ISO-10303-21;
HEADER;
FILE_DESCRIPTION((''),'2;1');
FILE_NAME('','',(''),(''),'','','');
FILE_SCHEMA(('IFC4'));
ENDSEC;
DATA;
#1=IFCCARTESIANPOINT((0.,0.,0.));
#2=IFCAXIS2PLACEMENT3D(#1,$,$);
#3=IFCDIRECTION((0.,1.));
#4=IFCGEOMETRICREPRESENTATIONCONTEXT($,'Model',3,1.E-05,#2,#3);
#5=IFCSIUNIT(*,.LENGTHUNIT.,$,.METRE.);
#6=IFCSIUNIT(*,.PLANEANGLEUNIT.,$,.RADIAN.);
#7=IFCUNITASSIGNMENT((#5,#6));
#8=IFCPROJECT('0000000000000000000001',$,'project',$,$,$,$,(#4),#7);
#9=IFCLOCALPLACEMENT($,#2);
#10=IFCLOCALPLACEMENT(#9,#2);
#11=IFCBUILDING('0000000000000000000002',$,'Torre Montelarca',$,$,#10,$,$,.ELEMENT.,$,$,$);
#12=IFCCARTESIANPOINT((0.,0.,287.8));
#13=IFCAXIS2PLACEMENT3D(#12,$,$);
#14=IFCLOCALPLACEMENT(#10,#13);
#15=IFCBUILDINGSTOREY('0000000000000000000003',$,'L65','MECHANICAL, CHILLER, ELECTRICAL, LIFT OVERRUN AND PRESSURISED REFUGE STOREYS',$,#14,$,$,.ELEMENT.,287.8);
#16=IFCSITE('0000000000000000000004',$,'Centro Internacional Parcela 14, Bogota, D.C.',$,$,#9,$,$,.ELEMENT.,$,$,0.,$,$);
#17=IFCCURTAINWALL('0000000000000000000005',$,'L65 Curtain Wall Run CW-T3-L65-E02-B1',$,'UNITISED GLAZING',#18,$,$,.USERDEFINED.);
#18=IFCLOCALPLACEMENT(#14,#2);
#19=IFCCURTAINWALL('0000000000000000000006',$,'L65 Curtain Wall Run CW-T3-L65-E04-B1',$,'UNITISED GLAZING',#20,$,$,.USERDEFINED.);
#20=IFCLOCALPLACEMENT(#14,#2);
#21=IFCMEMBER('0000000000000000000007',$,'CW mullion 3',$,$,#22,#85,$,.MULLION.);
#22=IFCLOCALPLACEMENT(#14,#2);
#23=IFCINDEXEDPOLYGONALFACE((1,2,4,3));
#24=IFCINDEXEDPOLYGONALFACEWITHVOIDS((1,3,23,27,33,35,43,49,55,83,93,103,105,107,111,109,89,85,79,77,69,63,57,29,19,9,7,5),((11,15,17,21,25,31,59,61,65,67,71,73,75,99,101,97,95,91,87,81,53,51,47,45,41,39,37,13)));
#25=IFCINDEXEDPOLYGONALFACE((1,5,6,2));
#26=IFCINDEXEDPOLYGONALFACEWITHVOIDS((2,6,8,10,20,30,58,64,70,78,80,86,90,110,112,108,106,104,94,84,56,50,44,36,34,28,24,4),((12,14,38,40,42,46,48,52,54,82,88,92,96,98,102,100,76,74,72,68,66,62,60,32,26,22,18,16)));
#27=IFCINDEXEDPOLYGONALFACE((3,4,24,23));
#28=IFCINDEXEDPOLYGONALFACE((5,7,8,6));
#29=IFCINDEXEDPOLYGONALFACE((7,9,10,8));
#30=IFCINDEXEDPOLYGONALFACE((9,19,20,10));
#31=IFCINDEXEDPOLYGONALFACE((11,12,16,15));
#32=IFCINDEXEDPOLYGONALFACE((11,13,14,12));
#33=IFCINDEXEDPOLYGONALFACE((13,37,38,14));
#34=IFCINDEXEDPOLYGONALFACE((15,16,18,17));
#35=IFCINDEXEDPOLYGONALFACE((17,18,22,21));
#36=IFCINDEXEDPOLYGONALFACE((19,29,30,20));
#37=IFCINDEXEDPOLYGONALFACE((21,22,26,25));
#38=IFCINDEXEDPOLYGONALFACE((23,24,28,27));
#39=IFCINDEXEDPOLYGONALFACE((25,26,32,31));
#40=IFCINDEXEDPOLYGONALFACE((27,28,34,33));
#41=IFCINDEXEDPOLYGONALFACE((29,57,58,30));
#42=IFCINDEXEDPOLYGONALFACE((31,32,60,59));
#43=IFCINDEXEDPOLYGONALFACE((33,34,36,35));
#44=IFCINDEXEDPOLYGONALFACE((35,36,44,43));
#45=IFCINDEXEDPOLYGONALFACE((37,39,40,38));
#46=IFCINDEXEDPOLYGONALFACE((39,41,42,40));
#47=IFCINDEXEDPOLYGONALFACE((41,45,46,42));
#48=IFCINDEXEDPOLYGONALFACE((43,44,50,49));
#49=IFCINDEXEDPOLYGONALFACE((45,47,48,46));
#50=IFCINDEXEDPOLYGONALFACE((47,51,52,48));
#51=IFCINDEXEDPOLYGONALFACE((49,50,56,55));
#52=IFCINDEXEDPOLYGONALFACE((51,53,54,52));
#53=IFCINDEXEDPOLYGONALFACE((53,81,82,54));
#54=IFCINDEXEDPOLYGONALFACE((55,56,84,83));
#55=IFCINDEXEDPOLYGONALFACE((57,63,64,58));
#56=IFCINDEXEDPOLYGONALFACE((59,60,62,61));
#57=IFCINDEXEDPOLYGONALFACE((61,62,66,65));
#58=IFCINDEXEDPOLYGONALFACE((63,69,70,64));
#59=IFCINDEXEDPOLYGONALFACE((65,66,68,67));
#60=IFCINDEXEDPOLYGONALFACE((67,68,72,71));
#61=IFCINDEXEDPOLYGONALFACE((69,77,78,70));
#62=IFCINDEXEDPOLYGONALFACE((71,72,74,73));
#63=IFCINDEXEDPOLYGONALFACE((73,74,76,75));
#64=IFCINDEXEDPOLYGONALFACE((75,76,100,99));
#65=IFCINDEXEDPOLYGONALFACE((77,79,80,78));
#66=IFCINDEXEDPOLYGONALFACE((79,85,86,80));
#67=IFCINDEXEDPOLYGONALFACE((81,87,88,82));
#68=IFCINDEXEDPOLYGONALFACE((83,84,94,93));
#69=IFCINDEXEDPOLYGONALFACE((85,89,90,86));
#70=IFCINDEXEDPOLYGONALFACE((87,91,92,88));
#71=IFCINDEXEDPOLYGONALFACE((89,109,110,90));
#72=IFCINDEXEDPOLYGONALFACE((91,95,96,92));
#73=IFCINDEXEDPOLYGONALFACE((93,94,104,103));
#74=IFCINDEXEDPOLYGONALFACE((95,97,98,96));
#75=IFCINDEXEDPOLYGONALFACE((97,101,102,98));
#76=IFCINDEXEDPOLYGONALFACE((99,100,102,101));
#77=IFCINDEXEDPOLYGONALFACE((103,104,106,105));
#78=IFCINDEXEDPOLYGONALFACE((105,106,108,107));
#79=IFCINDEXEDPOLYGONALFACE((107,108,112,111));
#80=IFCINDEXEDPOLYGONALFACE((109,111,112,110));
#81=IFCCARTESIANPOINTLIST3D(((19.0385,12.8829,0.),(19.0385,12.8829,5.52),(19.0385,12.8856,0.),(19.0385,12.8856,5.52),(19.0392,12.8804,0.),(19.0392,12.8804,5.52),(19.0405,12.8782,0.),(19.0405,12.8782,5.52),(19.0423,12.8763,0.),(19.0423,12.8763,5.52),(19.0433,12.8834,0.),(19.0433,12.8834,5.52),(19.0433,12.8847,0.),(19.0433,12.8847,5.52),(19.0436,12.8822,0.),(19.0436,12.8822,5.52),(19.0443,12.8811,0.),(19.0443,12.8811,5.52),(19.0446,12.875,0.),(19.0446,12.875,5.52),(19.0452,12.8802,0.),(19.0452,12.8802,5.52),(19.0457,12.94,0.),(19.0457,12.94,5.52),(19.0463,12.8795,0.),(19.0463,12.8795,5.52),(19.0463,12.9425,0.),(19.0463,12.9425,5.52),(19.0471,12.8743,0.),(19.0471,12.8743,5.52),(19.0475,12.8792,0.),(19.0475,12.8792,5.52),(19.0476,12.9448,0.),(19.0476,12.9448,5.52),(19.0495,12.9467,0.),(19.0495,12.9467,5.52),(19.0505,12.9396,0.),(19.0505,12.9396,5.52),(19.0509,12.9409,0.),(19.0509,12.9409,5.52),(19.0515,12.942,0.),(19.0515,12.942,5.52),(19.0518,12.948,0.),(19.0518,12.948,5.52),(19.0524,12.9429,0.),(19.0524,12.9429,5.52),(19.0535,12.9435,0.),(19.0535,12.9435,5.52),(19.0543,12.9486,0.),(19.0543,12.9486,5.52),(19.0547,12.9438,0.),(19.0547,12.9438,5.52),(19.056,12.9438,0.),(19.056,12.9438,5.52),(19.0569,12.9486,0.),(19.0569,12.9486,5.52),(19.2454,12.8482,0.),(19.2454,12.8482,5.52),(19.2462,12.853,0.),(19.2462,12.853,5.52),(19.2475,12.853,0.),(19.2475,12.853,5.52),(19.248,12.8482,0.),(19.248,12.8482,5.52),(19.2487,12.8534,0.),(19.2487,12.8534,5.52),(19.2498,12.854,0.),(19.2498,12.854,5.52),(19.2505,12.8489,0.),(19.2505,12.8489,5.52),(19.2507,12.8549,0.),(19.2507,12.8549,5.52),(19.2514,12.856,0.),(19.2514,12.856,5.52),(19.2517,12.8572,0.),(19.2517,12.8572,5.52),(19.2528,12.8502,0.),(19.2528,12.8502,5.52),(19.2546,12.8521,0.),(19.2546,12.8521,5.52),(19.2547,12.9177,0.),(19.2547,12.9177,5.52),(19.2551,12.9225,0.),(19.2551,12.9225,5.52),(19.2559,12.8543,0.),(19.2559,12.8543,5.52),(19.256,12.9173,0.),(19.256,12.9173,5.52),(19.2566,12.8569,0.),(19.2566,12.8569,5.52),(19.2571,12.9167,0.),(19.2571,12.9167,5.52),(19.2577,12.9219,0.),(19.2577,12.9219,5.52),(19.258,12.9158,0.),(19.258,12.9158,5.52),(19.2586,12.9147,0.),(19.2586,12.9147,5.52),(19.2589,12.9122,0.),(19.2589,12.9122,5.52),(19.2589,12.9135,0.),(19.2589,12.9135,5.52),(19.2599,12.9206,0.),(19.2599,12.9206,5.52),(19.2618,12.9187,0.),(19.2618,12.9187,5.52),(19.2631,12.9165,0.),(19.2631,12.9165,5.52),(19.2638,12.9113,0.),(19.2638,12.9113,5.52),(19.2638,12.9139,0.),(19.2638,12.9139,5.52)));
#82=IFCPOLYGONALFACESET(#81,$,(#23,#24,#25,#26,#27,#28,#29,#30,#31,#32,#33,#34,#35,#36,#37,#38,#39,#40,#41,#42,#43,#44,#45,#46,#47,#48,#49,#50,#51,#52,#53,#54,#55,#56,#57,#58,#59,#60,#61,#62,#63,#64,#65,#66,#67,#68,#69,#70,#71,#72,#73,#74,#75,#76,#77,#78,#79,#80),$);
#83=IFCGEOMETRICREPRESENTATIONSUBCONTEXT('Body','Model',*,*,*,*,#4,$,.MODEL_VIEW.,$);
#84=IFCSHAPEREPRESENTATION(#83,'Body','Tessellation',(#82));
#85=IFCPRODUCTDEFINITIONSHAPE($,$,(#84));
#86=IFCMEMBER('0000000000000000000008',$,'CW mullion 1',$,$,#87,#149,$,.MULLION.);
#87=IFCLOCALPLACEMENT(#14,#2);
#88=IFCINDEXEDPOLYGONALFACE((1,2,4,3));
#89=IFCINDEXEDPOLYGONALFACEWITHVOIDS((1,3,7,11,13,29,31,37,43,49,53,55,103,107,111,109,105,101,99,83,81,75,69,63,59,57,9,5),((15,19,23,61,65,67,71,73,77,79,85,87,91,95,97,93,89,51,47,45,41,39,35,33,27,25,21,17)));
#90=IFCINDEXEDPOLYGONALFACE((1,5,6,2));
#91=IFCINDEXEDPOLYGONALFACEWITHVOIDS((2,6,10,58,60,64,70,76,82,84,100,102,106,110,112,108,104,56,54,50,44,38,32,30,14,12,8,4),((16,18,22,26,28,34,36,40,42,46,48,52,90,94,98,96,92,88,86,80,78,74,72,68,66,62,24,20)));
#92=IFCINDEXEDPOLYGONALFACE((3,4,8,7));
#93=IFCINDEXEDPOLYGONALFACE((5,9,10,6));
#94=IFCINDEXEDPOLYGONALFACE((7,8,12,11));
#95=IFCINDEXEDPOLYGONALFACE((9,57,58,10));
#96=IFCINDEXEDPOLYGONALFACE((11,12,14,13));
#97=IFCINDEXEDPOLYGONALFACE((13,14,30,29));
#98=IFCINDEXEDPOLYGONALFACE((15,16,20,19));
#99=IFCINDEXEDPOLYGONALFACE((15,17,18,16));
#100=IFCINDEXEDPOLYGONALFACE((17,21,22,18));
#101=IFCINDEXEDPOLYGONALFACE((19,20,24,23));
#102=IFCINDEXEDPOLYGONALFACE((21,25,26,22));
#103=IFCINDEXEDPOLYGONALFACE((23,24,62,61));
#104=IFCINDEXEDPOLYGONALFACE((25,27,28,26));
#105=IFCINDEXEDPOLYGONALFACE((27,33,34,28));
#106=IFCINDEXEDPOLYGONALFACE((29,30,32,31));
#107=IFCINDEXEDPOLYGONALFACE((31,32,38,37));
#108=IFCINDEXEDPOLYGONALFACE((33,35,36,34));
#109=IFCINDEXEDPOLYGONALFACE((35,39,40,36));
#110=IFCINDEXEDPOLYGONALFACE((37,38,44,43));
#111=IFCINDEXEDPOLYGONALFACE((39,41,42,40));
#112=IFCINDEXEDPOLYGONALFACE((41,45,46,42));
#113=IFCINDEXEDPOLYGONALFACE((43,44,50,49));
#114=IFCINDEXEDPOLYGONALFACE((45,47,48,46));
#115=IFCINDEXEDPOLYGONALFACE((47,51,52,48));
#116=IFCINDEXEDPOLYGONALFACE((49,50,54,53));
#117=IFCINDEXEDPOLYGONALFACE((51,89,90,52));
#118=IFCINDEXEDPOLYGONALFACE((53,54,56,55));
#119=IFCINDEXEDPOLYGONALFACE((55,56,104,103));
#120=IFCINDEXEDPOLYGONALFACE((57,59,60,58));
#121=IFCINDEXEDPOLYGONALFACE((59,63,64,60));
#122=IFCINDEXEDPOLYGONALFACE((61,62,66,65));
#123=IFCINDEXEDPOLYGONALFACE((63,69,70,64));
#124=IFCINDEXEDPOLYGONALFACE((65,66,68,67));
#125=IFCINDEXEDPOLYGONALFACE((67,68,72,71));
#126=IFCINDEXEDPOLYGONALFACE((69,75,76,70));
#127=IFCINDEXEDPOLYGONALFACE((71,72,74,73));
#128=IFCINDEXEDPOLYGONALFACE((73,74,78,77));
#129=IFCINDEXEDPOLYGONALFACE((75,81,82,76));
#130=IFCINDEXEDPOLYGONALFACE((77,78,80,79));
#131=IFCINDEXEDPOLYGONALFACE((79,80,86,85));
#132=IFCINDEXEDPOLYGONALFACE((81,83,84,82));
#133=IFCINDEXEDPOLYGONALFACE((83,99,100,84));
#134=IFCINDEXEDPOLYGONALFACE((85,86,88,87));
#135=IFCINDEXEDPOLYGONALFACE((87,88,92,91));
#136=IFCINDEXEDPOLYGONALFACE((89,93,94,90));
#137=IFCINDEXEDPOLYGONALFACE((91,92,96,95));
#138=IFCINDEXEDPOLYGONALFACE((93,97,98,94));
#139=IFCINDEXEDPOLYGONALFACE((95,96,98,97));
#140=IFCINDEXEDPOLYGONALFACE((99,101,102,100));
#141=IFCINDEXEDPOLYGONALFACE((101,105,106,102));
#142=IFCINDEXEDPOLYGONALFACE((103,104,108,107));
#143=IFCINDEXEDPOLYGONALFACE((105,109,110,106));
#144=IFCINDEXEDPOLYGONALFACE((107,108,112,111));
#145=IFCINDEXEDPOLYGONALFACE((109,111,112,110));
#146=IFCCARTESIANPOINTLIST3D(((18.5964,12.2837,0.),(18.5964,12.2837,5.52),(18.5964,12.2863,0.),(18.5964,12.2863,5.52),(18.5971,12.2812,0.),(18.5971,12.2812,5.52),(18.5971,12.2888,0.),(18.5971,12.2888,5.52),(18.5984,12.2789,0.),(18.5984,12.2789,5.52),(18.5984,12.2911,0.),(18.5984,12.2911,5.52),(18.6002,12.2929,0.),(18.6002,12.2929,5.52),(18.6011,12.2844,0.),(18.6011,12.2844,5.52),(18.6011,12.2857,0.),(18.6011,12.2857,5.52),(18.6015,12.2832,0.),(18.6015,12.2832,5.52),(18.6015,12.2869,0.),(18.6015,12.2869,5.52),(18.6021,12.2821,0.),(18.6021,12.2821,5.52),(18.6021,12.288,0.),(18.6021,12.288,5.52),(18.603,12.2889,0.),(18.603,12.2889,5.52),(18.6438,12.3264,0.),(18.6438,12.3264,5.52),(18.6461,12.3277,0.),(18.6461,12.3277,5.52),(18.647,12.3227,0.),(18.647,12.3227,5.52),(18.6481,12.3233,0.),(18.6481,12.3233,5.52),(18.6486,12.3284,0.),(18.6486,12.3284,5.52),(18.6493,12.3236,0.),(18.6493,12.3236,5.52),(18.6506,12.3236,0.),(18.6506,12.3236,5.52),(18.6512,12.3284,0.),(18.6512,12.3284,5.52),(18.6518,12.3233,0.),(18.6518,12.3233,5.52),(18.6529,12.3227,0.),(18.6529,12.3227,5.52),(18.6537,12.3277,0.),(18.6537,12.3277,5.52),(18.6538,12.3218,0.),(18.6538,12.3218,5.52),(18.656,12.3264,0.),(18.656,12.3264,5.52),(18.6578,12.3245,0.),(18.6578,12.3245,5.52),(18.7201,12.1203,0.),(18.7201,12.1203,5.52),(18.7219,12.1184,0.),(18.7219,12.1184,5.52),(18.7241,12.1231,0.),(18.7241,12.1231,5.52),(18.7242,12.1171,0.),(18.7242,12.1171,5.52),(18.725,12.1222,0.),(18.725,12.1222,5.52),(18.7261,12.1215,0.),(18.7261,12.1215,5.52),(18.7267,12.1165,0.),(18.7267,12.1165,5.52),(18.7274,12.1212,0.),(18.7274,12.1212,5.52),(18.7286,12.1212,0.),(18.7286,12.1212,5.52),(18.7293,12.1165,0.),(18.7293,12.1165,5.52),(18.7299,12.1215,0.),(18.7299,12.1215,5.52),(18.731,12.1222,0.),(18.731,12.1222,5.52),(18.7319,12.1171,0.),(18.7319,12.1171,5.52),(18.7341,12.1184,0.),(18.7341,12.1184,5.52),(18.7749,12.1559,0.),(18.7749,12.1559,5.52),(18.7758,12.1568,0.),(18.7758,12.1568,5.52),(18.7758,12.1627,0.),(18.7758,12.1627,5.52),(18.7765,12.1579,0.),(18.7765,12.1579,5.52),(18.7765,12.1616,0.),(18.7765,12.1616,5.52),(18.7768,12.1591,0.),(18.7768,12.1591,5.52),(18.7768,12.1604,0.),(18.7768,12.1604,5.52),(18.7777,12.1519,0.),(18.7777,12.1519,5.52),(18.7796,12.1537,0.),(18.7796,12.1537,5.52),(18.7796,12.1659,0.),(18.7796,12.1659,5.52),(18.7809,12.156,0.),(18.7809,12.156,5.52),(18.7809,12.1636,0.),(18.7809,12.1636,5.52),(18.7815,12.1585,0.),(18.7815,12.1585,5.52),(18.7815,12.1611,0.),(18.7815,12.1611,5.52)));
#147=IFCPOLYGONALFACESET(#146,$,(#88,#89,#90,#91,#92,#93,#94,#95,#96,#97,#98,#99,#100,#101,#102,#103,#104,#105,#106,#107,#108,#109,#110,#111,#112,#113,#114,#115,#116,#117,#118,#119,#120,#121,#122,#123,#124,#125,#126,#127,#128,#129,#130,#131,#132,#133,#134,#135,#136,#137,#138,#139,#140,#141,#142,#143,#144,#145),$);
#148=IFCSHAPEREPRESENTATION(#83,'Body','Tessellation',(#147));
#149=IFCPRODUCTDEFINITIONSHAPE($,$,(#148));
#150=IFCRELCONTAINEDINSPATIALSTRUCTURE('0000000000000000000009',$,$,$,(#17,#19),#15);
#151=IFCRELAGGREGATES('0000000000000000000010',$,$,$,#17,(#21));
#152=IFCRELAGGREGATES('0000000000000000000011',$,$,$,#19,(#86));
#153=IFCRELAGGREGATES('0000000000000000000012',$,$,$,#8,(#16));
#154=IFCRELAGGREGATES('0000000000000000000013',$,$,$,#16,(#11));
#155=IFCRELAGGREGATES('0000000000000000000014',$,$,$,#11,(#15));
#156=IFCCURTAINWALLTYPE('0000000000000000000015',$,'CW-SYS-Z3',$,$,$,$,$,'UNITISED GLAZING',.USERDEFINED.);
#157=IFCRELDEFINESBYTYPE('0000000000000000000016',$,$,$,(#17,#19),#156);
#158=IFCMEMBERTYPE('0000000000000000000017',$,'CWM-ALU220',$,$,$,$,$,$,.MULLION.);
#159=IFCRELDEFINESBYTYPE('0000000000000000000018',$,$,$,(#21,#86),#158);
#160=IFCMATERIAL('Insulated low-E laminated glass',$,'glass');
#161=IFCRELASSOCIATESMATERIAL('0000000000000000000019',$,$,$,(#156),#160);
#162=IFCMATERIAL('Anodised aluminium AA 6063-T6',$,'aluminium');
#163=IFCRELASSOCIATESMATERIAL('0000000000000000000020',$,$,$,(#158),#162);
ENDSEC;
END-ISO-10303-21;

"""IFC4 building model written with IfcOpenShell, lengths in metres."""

from ifc_helpers import new_model, si_unit, direction, frame, origin, origin_2d, place, context, subcontext, project, spatial, hollow_rectangle, extrude, source, transform, mapped, material, material_profile, profile_set, type_object, element, aggregate, save


model = new_model("IFC4")

# Units and contexts
model_context = context("Model", 3, precision=1e-05, world=origin(), true_north=direction((0.0, 1.0)))
body_context = subcontext(model_context, "Body", "Model", "MODEL_VIEW")
ifc_project = project(units=[si_unit("LENGTHUNIT", "METRE"), si_unit("PLANEANGLEUNIT", "RADIAN")], contexts=[model_context])

# Site, building, storey
site_placement = place(None, origin())
site = spatial("IfcSite", under=ifc_project, at=site_placement, Name="Centro Internacional Parcela 14, Bogota, D.C.", CompositionType="ELEMENT", RefElevation=0.0)
building_placement = place(site_placement, origin())
building = spatial("IfcBuilding", under=site, at=building_placement, Name="Torre Montelarca", CompositionType="ELEMENT")
storey_placement = place(building_placement, frame((0.0, 0.0, 287.8)))
storey = spatial("IfcBuildingStorey", under=building, at=storey_placement, Name="L65", Description="MECHANICAL, CHILLER, ELECTRICAL, LIFT OVERRUN AND PRESSURISED REFUGE STOREYS", CompositionType="ELEMENT", Elevation=287.8)

# Curtain walls
ifc_material_1 = material(Name="Insulated low-E laminated glass", Category="glass")
curtain_wall_type = type_object("IfcCurtainWallType", Name="CW-SYS-Z3", ElementType="UNITISED GLAZING", PredefinedType="USERDEFINED", material=ifc_material_1)
curtain_wall_1_placement = place(storey_placement, origin())
curtain_wall_1 = element("IfcCurtainWall", 1, at=curtain_wall_1_placement, inside=storey, type_object=curtain_wall_type, Name="L65 Curtain Wall Run CW-T3-L65-E02-B1", ObjectType="UNITISED GLAZING", PredefinedType="USERDEFINED")
ifc_material_2 = material(Name="Anodised aluminium AA 6063-T6", Category="aluminium")
curtain_wall_2_placement = place(storey_placement, origin())
curtain_wall_2 = element("IfcCurtainWall", 2, at=curtain_wall_2_placement, inside=storey, type_object=curtain_wall_type, Name="L65 Curtain Wall Run CW-T3-L65-E04-B1", ObjectType="UNITISED GLAZING", PredefinedType="USERDEFINED")

# Members
ifc_material_profile_1 = material_profile(ifc_material_2, hollow_rectangle(XDim=0.075, YDim=0.22, WallThickness=0.0049, InnerFilletRadius=0.0049, OuterFilletRadius=0.01, at=origin_2d()), Name="ALU75X220X5", Category="aluminium")
ifc_profile_set_1 = profile_set([ifc_material_profile_1], Name="Anodised aluminium AA 6063-T6")
member_type_1 = type_object("IfcMemberType", Name="CWM-ALU220", PredefinedType="MULLION", material=ifc_profile_set_1)
shared_shape_1 = source(origin(), body_context, "Body", "SweptSolid", [
    extrude(hollow_rectangle(XDim=0.075, YDim=0.22, WallThickness=0.0049, InnerFilletRadius=0.0049, OuterFilletRadius=0.01, at=origin_2d()), origin(), (0.0, 0.0, 1.0), 5.52),
])
member_1_placement = place(storey_placement, frame((19.1511, 12.8984, 0.0), z_axis=(0.0, 0.0, 1.0), x_axis=(0.130515, 0.991446, 0.0)))
member_1 = element("IfcMember", 3, at=member_1_placement, type_object=member_type_1, Name="CW mullion 3", PredefinedType="MULLION", context=body_context, shape_type="MappedRepresentation", body=[
    mapped(shared_shape_1, transform((0.0, 0.0, 0.0), scale=1.0)),
])
member_2_placement = place(storey_placement, frame((18.689, 12.2224, 0.0), z_axis=(0.0, 0.0, 1.0), x_axis=(0.793353, 0.608762, 0.0)))
member_2 = element("IfcMember", 4, at=member_2_placement, type_object=member_type_1, Name="CW mullion 1", PredefinedType="MULLION", context=body_context, shape_type="MappedRepresentation", body=[
    mapped(shared_shape_1, transform((0.0, 0.0, 0.0), scale=1.0)),
])

aggregate(curtain_wall_1, [member_1])
aggregate(curtain_wall_2, [member_2])

save(model, "model.ifc")
